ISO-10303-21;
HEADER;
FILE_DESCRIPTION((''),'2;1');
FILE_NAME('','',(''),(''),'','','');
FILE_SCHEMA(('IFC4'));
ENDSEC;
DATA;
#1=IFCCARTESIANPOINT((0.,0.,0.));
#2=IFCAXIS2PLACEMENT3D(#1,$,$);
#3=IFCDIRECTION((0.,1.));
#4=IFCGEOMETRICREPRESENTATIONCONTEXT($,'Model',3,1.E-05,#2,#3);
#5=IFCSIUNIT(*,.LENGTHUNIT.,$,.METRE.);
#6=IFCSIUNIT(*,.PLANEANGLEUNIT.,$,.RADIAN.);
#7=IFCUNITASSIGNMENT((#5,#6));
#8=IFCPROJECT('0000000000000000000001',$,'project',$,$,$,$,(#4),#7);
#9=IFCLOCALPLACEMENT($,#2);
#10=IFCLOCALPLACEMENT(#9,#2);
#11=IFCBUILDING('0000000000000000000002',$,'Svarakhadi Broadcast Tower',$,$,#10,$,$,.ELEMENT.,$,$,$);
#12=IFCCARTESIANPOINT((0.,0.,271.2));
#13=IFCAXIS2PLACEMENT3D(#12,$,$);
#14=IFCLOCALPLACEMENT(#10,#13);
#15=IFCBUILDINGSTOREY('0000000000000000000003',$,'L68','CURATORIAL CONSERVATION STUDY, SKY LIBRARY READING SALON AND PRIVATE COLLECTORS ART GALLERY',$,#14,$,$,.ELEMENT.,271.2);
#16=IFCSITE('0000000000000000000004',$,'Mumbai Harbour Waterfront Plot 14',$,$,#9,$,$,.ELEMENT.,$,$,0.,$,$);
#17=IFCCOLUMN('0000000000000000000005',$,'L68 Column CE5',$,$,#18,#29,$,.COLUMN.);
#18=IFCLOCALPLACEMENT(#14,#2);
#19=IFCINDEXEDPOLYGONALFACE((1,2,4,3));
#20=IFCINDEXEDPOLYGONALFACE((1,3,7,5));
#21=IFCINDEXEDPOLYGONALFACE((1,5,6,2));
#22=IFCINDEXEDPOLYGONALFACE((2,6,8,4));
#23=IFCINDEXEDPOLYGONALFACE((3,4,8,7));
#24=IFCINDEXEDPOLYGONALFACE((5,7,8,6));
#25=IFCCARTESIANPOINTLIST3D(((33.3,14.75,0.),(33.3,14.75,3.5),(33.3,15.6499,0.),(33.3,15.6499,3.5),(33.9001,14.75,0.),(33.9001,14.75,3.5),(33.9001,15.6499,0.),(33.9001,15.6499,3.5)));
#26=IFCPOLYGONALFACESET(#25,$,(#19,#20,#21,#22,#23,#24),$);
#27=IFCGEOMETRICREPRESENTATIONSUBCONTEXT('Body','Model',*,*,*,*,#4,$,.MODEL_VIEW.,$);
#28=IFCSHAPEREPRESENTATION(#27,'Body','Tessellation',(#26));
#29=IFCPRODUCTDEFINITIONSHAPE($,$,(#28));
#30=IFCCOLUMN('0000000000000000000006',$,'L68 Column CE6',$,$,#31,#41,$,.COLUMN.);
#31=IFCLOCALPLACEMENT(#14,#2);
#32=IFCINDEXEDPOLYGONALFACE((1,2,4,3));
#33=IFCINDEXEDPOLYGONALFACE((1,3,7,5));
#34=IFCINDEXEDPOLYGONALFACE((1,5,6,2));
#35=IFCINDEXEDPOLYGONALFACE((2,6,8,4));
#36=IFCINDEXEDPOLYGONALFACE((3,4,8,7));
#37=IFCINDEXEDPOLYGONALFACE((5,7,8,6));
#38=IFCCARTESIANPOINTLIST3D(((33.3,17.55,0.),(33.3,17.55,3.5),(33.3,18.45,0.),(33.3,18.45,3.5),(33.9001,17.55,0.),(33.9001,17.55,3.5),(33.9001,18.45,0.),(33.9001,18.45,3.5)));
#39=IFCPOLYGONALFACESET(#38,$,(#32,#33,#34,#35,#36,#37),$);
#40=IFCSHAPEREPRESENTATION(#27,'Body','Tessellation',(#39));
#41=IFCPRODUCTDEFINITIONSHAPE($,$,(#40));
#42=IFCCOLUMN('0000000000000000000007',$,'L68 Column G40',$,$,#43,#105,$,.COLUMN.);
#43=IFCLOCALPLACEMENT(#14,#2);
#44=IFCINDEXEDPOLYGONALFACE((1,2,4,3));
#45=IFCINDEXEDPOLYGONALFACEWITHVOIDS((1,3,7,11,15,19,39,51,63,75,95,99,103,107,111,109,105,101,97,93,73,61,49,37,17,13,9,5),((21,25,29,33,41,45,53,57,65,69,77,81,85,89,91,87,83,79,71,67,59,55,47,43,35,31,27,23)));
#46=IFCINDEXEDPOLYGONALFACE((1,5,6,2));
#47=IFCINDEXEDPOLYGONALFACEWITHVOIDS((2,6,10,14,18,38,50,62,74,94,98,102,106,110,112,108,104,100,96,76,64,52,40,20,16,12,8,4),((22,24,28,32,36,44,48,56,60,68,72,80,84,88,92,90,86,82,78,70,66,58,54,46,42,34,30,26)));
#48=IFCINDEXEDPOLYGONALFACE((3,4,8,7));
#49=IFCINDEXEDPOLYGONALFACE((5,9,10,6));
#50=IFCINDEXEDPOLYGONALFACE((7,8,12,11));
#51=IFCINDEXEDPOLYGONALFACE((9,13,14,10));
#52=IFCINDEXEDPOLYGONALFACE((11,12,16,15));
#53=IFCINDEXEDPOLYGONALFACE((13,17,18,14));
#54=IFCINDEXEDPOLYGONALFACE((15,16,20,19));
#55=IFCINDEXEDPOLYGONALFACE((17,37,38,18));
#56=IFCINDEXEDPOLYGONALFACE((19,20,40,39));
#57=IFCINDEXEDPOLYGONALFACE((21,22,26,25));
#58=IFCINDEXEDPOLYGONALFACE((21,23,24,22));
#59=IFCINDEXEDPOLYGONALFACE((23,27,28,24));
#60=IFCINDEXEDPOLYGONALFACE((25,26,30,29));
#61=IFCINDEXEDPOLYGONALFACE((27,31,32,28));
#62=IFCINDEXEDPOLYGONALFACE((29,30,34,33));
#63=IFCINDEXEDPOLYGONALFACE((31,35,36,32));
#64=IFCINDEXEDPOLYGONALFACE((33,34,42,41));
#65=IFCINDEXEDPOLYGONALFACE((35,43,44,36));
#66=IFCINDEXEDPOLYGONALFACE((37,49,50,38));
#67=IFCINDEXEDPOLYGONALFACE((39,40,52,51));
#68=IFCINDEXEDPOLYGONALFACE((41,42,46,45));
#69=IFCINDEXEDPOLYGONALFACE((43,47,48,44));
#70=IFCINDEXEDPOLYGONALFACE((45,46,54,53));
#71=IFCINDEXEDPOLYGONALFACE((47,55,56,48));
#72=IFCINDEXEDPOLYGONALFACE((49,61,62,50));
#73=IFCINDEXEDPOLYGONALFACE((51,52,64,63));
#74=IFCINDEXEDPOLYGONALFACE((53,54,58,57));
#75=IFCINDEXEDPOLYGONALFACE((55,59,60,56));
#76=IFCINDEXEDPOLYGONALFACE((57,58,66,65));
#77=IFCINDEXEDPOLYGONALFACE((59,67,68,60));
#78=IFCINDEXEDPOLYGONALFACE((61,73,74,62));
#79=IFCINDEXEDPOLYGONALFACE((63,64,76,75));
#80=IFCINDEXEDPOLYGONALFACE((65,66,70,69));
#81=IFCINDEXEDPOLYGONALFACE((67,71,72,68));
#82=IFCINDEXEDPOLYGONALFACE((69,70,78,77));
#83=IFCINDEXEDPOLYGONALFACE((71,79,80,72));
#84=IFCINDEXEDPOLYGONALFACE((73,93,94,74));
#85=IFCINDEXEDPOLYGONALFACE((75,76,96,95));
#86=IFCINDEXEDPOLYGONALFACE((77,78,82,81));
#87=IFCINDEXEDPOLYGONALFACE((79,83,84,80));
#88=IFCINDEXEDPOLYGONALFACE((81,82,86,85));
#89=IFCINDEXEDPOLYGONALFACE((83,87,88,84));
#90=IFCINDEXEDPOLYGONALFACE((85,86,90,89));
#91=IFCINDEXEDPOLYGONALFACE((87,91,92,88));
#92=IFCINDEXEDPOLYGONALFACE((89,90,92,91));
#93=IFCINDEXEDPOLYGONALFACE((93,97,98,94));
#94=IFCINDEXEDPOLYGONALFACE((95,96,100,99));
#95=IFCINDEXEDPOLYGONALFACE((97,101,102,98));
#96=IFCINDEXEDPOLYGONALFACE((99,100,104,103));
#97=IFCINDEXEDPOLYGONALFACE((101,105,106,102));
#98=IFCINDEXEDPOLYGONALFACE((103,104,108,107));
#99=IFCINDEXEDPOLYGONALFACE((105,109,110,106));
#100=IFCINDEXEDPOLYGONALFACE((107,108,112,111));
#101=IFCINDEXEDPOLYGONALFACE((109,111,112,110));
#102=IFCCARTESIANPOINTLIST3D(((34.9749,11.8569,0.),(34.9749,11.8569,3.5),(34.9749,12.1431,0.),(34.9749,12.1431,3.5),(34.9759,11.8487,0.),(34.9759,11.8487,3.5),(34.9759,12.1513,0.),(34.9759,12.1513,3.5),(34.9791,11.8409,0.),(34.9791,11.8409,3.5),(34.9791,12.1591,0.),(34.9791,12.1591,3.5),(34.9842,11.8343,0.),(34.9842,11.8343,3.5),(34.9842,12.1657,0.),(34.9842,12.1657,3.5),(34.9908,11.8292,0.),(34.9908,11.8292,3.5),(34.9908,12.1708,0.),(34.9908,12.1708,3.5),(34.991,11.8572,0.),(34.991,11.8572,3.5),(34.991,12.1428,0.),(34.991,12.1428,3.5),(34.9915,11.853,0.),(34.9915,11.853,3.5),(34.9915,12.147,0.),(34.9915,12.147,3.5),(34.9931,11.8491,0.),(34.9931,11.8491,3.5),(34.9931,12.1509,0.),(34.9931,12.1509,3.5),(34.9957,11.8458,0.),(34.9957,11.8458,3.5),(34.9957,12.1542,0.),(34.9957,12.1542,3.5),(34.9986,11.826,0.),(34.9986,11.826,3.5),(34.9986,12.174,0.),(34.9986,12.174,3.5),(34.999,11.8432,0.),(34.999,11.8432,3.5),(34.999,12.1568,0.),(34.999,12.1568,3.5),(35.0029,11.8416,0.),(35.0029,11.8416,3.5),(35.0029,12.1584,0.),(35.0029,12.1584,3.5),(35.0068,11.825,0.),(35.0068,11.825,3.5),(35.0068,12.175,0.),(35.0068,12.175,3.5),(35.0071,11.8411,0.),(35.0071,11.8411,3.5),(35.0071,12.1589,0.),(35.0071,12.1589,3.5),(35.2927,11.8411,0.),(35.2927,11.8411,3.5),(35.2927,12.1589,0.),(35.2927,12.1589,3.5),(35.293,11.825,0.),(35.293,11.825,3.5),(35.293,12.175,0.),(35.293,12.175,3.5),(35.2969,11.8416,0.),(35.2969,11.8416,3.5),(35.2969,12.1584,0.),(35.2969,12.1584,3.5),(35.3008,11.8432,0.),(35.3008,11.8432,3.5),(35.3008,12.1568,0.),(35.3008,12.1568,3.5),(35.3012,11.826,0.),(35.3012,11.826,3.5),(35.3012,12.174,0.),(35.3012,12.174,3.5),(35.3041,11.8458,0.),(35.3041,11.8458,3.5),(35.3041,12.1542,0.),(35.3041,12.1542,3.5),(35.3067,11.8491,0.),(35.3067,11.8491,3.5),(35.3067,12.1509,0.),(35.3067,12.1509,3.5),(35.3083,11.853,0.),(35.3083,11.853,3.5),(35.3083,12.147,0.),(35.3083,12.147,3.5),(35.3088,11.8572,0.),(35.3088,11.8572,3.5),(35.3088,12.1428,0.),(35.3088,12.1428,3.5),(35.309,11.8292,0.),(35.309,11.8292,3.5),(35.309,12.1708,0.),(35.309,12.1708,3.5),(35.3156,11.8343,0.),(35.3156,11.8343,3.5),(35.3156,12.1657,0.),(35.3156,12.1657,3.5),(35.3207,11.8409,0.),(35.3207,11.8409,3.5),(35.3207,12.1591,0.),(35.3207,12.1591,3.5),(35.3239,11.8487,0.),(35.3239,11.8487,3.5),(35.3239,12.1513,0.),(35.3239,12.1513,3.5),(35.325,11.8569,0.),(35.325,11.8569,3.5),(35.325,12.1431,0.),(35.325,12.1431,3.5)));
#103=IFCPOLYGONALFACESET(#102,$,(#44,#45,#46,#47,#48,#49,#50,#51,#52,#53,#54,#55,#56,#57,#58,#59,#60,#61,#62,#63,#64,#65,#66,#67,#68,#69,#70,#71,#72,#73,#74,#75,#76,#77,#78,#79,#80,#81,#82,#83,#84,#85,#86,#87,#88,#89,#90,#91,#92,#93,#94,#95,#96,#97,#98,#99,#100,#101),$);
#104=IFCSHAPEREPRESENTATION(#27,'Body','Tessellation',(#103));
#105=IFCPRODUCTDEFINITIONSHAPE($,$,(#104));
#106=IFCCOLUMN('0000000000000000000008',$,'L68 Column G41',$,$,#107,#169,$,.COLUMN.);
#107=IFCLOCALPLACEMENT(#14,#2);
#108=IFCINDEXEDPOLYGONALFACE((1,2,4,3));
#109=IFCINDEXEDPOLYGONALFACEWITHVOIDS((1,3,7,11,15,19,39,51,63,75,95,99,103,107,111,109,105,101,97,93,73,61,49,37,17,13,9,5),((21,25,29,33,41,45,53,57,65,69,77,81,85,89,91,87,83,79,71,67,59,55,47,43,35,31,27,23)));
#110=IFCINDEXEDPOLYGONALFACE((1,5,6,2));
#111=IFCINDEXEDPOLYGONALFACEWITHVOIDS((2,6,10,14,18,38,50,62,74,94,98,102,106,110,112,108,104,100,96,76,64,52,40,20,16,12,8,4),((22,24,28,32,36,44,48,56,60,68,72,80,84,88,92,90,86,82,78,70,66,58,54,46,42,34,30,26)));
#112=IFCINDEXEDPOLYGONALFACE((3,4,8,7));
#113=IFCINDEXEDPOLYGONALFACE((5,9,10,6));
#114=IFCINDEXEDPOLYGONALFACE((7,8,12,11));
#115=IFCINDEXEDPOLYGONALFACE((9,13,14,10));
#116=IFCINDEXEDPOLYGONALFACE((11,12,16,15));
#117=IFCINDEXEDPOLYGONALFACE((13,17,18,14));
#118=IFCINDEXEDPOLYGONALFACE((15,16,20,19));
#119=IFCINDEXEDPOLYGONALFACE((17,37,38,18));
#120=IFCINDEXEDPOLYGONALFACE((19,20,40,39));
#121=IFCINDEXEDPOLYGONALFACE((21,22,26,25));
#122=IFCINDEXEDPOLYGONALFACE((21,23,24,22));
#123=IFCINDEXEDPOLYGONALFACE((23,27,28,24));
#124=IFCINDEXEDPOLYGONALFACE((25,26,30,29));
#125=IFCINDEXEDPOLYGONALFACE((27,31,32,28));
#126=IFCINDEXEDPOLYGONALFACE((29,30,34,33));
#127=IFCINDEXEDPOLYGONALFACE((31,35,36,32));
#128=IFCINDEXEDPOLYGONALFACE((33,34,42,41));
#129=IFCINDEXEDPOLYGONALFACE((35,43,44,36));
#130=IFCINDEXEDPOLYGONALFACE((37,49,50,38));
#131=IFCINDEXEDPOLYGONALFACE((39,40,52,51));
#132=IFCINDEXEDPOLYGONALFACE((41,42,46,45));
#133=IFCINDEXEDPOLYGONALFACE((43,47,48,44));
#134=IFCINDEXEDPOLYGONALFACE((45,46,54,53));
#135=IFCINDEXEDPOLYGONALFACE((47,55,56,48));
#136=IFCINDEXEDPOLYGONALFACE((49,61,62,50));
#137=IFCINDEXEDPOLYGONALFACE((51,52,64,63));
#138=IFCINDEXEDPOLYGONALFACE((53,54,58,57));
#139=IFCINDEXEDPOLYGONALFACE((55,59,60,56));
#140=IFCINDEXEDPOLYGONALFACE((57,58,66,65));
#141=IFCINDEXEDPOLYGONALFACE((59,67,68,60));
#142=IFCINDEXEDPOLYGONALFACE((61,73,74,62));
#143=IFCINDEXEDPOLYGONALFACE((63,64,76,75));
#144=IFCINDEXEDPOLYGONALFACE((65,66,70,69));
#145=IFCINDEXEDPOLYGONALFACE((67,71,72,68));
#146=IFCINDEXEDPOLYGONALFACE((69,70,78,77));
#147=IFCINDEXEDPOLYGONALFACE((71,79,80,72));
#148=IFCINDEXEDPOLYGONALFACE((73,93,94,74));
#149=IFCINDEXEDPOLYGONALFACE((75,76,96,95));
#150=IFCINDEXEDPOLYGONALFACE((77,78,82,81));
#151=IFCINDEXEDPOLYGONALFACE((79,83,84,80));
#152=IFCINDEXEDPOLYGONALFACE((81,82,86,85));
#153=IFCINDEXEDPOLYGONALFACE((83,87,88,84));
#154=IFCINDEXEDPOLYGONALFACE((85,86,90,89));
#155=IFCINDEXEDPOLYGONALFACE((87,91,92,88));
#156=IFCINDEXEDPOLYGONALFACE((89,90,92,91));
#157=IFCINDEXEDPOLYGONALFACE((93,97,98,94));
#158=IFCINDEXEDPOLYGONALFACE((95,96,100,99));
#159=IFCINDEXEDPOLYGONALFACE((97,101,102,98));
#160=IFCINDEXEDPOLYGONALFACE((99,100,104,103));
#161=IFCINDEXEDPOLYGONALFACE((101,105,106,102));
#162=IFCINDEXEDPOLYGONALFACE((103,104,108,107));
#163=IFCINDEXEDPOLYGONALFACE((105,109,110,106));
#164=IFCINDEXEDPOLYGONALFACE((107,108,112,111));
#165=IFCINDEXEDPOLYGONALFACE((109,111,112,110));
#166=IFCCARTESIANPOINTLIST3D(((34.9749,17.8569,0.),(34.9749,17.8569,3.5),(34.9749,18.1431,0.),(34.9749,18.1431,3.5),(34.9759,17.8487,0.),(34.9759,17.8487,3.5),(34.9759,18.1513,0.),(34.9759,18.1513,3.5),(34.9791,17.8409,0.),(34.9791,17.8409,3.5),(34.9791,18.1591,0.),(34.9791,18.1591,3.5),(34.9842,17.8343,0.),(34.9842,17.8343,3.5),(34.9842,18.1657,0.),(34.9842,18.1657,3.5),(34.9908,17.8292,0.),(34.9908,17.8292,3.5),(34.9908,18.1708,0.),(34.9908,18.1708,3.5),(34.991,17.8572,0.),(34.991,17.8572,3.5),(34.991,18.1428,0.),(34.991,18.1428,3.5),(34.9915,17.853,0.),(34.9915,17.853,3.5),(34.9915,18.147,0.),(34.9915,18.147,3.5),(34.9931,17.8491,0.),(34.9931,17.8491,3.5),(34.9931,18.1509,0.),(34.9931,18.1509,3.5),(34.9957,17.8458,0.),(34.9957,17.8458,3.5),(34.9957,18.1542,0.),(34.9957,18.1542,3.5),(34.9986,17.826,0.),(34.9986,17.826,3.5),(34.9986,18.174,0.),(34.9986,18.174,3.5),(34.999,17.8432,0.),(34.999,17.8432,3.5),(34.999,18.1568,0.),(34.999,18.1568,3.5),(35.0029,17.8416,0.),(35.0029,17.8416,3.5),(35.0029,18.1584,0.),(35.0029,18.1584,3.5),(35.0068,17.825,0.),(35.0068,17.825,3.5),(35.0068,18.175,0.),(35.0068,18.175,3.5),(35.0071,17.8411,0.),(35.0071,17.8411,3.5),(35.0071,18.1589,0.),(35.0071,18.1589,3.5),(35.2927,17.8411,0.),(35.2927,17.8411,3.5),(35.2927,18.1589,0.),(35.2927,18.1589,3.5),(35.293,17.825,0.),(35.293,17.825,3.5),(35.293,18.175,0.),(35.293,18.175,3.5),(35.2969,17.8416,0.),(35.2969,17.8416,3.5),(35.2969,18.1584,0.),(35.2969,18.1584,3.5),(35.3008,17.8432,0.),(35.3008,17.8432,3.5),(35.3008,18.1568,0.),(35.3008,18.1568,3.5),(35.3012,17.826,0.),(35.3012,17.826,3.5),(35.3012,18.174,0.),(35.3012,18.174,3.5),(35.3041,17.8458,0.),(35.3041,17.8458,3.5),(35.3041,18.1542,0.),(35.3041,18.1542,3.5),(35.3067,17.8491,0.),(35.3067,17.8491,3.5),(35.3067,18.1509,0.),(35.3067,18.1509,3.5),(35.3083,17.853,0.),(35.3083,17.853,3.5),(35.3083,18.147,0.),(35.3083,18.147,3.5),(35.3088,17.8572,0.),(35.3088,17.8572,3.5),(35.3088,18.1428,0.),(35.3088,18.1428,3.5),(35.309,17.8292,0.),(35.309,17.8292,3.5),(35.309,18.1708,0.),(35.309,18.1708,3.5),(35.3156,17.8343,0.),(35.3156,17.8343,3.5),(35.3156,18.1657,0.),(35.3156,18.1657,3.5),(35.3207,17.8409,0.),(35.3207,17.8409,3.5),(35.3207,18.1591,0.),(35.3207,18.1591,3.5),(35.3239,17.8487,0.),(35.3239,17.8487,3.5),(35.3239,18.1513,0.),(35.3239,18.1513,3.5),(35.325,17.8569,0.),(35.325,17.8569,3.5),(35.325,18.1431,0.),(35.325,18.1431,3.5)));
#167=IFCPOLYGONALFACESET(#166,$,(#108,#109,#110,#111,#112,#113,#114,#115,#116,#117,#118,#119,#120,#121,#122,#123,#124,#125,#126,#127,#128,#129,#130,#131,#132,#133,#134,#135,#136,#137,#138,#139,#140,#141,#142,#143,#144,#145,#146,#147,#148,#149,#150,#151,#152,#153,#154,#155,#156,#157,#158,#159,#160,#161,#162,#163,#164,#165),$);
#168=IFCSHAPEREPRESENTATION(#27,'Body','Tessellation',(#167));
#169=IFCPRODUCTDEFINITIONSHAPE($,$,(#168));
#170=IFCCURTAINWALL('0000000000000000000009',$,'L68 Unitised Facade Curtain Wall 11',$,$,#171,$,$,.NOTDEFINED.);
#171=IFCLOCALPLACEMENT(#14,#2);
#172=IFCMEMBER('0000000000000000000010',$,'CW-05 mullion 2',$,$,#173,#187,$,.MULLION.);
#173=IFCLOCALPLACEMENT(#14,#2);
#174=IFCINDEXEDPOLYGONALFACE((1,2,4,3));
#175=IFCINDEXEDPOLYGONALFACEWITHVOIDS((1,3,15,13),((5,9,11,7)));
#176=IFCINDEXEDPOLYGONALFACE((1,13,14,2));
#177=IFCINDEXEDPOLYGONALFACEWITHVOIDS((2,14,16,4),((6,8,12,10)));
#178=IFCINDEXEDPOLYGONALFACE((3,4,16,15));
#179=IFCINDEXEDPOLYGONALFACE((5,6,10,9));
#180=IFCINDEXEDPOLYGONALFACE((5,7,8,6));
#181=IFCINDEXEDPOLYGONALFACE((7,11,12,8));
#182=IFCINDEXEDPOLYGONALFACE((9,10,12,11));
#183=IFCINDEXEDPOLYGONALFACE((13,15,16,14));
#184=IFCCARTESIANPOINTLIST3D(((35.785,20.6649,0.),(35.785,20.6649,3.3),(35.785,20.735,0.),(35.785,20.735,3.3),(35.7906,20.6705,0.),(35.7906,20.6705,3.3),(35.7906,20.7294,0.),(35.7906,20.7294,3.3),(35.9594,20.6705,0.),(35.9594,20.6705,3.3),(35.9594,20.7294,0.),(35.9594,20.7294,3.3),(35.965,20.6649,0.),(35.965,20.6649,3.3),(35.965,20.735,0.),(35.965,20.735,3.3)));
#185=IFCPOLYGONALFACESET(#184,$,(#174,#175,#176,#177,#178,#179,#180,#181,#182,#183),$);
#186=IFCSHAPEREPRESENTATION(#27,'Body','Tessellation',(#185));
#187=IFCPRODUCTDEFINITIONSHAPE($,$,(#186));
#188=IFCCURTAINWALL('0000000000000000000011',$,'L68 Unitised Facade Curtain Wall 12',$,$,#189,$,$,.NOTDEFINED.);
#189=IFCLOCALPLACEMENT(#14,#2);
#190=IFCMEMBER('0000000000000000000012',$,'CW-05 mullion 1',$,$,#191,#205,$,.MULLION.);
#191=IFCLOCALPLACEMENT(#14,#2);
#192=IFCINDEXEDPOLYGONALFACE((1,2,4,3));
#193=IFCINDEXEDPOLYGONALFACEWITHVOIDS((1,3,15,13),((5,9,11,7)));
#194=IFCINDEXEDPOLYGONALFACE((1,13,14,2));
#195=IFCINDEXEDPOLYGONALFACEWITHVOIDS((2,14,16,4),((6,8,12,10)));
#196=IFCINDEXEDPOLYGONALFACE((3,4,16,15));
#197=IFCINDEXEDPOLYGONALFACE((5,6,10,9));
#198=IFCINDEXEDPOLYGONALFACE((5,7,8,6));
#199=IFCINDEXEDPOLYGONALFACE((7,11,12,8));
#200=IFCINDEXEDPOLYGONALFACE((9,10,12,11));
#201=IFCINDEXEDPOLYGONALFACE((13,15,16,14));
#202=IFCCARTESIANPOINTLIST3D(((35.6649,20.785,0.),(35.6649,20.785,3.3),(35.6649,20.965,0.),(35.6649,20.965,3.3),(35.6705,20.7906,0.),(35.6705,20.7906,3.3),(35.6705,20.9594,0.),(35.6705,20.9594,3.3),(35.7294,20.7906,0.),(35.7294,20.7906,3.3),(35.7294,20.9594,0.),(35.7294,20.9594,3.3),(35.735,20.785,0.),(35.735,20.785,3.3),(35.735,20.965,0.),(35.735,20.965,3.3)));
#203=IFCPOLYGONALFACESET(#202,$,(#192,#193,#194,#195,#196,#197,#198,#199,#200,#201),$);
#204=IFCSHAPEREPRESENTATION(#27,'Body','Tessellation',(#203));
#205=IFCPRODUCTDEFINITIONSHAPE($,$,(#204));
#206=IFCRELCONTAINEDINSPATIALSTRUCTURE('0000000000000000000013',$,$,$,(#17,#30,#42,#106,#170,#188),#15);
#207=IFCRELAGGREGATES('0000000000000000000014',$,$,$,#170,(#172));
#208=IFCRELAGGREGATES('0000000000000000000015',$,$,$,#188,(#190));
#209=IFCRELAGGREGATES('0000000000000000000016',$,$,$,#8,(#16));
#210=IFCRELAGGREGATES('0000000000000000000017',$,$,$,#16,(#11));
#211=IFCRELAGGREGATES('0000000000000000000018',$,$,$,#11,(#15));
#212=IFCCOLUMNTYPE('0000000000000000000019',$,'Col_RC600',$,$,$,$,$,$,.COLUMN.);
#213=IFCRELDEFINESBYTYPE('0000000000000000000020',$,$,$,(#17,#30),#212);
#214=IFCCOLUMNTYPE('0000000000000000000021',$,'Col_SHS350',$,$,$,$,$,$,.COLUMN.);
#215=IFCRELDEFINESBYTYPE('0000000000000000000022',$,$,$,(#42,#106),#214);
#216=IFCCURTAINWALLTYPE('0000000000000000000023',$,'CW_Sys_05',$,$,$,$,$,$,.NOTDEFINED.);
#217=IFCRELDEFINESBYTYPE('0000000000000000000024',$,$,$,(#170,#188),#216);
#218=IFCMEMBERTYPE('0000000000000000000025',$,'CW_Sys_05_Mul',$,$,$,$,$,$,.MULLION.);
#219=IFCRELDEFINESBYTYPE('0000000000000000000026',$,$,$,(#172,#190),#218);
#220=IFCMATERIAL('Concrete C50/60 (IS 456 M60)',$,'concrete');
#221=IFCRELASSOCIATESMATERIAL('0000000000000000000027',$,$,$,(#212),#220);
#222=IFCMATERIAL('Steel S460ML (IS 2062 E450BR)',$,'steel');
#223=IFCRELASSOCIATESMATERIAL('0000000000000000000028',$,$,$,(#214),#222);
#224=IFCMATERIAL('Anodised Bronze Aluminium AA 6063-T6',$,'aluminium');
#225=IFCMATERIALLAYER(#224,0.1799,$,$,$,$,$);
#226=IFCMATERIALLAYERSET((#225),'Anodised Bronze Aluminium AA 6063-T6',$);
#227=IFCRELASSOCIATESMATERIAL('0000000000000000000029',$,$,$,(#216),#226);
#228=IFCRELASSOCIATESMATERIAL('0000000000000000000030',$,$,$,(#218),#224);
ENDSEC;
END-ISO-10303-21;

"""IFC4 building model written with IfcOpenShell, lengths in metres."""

from ifc_helpers import new_model, si_unit, direction, frame, origin, origin_2d, place, context, subcontext, project, spatial, rectangle, hollow_rectangle, extrude, material, layer, layer_set, material_profile, profile_set, type_object, element, aggregate, save


model = new_model("IFC4")

# Units and contexts
model_context = context("Model", 3, precision=1e-05, world=origin(), true_north=direction((0.0, 1.0)))
body_context = subcontext(model_context, "Body", "Model", "MODEL_VIEW")
ifc_project = project(units=[si_unit("LENGTHUNIT", "METRE"), si_unit("PLANEANGLEUNIT", "RADIAN")], contexts=[model_context])

# Site, building, storey
site_placement = place(None, origin())
site = spatial("IfcSite", under=ifc_project, at=site_placement, Name="Mumbai Harbour Waterfront Plot 14", CompositionType="ELEMENT", RefElevation=0.0)
building_placement = place(site_placement, origin())
building = spatial("IfcBuilding", under=site, at=building_placement, Name="Svarakhadi Broadcast Tower", CompositionType="ELEMENT")
storey_placement = place(building_placement, frame((0.0, 0.0, 271.2)))
storey = spatial("IfcBuildingStorey", under=building, at=storey_placement, Name="L68", Description="CURATORIAL CONSERVATION STUDY, SKY LIBRARY READING SALON AND PRIVATE COLLECTORS ART GALLERY", CompositionType="ELEMENT", Elevation=271.2)

# Columns
ifc_material_1 = material(Name="Concrete C50/60 (IS 456 M60)", Category="concrete")
ifc_material_profile_1 = material_profile(ifc_material_1, rectangle(XDim=0.6001, YDim=0.8999, at=origin_2d()), Name="RC 600x900")
ifc_profile_set_1 = profile_set([ifc_material_profile_1], Name="Concrete C50/60 (IS 456 M60)")
column_type_1 = type_object("IfcColumnType", Name="Col_RC600", PredefinedType="COLUMN", material=ifc_profile_set_1)
for number, where, z_axis, x_axis, name in (
    (1, (33.6001, 15.2, 0.0), (0.0, 0.0, 1.0), (1.0, 0.0, 0.0), "L68 Column CE5"),
    (2, (33.6001, 18.0, 0.0), (0.0, 0.0, 1.0), (1.0, 0.0, 0.0), "L68 Column CE6"),
):
    element("IfcColumn", number, at=place(storey_placement, frame(where, z_axis=z_axis, x_axis=x_axis)), inside=storey, type_object=column_type_1, Name=name, PredefinedType="COLUMN", context=body_context, shape_type="SweptSolid", body=[
        extrude(rectangle(XDim=0.6001, YDim=0.8999, at=origin_2d()), origin(), (0.0, 0.0, 1.0), 3.5),
    ])
ifc_material_2 = material(Name="Steel S460ML (IS 2062 E450BR)", Category="steel")
ifc_material_profile_2 = material_profile(ifc_material_2, hollow_rectangle(XDim=0.3501, YDim=0.3501, WallThickness=0.0161, InnerFilletRadius=0.0161, OuterFilletRadius=0.032, at=origin_2d()), Name="SHS 350x350x16")
ifc_profile_set_2 = profile_set([ifc_material_profile_2], Name="Steel S460ML (IS 2062 E450BR)")
column_type_2 = type_object("IfcColumnType", Name="Col_SHS350", PredefinedType="COLUMN", material=ifc_profile_set_2)
for number, where, z_axis, x_axis, name in (
    (3, (35.1499, 12.0, 0.0), (0.0, 0.0, 1.0), (1.0, 0.0, 0.0), "L68 Column G40"),
    (4, (35.1499, 18.0, 0.0), (0.0, 0.0, 1.0), (1.0, 0.0, 0.0), "L68 Column G41"),
):
    element("IfcColumn", number, at=place(storey_placement, frame(where, z_axis=z_axis, x_axis=x_axis)), inside=storey, type_object=column_type_2, Name=name, PredefinedType="COLUMN", context=body_context, shape_type="SweptSolid", body=[
        extrude(hollow_rectangle(XDim=0.3501, YDim=0.3501, WallThickness=0.0161, InnerFilletRadius=0.0161, OuterFilletRadius=0.032, at=origin_2d()), origin(), (0.0, 0.0, 1.0), 3.5),
    ])

# Curtain wall, member
ifc_material_3 = material(Name="Anodised Bronze Aluminium AA 6063-T6", Category="aluminium")
ifc_layer_1 = layer(ifc_material_3, 0.1799)
ifc_layer_set_1 = layer_set([ifc_layer_1], Name="Anodised Bronze Aluminium AA 6063-T6")
curtain_wall_type = type_object("IfcCurtainWallType", Name="CW_Sys_05", PredefinedType="NOTDEFINED", material=ifc_layer_set_1)
curtain_wall_1_placement = place(storey_placement, origin())
curtain_wall_1 = element("IfcCurtainWall", 5, at=curtain_wall_1_placement, inside=storey, type_object=curtain_wall_type, Name="L68 Unitised Facade Curtain Wall 11", PredefinedType="NOTDEFINED")
ifc_material_profile_3 = material_profile(ifc_material_3, hollow_rectangle(XDim=0.0701, YDim=0.1799, WallThickness=0.0056, at=origin_2d()), Name="ALU MULLION 180x70x6")
ifc_profile_set_3 = profile_set([ifc_material_profile_3], Name="Anodised Bronze Aluminium AA 6063-T6")
member_type_1 = type_object("IfcMemberType", Name="CW_Sys_05_Mul", PredefinedType="MULLION", material=ifc_profile_set_3)
member_1_placement = place(storey_placement, frame((35.875, 20.7, 0.0), z_axis=(0.0, 0.0, 1.0), x_axis=(0.0, 1.0, 0.0)))
member_1 = element("IfcMember", 6, at=member_1_placement, type_object=member_type_1, Name="CW-05 mullion 2", PredefinedType="MULLION", context=body_context, shape_type="SweptSolid", body=[
    extrude(hollow_rectangle(XDim=0.0701, YDim=0.1799, WallThickness=0.0056, at=origin_2d()), origin(), (0.0, 0.0, 1.0), 3.3),
])

# Curtain wall, member
curtain_wall_2_placement = place(storey_placement, origin())
curtain_wall_2 = element("IfcCurtainWall", 7, at=curtain_wall_2_placement, inside=storey, type_object=curtain_wall_type, Name="L68 Unitised Facade Curtain Wall 12", PredefinedType="NOTDEFINED")
member_2_placement = place(storey_placement, frame((35.7, 20.875, 0.0), z_axis=(0.0, 0.0, 1.0), x_axis=(1.0, 0.0, 0.0)))
member_2 = element("IfcMember", 8, at=member_2_placement, type_object=member_type_1, Name="CW-05 mullion 1", PredefinedType="MULLION", context=body_context, shape_type="SweptSolid", body=[
    extrude(hollow_rectangle(XDim=0.0701, YDim=0.1799, WallThickness=0.0056, at=origin_2d()), origin(), (0.0, 0.0, 1.0), 3.3),
])

aggregate(curtain_wall_1, [member_1])
aggregate(curtain_wall_2, [member_2])

save(model, "model.ifc")
